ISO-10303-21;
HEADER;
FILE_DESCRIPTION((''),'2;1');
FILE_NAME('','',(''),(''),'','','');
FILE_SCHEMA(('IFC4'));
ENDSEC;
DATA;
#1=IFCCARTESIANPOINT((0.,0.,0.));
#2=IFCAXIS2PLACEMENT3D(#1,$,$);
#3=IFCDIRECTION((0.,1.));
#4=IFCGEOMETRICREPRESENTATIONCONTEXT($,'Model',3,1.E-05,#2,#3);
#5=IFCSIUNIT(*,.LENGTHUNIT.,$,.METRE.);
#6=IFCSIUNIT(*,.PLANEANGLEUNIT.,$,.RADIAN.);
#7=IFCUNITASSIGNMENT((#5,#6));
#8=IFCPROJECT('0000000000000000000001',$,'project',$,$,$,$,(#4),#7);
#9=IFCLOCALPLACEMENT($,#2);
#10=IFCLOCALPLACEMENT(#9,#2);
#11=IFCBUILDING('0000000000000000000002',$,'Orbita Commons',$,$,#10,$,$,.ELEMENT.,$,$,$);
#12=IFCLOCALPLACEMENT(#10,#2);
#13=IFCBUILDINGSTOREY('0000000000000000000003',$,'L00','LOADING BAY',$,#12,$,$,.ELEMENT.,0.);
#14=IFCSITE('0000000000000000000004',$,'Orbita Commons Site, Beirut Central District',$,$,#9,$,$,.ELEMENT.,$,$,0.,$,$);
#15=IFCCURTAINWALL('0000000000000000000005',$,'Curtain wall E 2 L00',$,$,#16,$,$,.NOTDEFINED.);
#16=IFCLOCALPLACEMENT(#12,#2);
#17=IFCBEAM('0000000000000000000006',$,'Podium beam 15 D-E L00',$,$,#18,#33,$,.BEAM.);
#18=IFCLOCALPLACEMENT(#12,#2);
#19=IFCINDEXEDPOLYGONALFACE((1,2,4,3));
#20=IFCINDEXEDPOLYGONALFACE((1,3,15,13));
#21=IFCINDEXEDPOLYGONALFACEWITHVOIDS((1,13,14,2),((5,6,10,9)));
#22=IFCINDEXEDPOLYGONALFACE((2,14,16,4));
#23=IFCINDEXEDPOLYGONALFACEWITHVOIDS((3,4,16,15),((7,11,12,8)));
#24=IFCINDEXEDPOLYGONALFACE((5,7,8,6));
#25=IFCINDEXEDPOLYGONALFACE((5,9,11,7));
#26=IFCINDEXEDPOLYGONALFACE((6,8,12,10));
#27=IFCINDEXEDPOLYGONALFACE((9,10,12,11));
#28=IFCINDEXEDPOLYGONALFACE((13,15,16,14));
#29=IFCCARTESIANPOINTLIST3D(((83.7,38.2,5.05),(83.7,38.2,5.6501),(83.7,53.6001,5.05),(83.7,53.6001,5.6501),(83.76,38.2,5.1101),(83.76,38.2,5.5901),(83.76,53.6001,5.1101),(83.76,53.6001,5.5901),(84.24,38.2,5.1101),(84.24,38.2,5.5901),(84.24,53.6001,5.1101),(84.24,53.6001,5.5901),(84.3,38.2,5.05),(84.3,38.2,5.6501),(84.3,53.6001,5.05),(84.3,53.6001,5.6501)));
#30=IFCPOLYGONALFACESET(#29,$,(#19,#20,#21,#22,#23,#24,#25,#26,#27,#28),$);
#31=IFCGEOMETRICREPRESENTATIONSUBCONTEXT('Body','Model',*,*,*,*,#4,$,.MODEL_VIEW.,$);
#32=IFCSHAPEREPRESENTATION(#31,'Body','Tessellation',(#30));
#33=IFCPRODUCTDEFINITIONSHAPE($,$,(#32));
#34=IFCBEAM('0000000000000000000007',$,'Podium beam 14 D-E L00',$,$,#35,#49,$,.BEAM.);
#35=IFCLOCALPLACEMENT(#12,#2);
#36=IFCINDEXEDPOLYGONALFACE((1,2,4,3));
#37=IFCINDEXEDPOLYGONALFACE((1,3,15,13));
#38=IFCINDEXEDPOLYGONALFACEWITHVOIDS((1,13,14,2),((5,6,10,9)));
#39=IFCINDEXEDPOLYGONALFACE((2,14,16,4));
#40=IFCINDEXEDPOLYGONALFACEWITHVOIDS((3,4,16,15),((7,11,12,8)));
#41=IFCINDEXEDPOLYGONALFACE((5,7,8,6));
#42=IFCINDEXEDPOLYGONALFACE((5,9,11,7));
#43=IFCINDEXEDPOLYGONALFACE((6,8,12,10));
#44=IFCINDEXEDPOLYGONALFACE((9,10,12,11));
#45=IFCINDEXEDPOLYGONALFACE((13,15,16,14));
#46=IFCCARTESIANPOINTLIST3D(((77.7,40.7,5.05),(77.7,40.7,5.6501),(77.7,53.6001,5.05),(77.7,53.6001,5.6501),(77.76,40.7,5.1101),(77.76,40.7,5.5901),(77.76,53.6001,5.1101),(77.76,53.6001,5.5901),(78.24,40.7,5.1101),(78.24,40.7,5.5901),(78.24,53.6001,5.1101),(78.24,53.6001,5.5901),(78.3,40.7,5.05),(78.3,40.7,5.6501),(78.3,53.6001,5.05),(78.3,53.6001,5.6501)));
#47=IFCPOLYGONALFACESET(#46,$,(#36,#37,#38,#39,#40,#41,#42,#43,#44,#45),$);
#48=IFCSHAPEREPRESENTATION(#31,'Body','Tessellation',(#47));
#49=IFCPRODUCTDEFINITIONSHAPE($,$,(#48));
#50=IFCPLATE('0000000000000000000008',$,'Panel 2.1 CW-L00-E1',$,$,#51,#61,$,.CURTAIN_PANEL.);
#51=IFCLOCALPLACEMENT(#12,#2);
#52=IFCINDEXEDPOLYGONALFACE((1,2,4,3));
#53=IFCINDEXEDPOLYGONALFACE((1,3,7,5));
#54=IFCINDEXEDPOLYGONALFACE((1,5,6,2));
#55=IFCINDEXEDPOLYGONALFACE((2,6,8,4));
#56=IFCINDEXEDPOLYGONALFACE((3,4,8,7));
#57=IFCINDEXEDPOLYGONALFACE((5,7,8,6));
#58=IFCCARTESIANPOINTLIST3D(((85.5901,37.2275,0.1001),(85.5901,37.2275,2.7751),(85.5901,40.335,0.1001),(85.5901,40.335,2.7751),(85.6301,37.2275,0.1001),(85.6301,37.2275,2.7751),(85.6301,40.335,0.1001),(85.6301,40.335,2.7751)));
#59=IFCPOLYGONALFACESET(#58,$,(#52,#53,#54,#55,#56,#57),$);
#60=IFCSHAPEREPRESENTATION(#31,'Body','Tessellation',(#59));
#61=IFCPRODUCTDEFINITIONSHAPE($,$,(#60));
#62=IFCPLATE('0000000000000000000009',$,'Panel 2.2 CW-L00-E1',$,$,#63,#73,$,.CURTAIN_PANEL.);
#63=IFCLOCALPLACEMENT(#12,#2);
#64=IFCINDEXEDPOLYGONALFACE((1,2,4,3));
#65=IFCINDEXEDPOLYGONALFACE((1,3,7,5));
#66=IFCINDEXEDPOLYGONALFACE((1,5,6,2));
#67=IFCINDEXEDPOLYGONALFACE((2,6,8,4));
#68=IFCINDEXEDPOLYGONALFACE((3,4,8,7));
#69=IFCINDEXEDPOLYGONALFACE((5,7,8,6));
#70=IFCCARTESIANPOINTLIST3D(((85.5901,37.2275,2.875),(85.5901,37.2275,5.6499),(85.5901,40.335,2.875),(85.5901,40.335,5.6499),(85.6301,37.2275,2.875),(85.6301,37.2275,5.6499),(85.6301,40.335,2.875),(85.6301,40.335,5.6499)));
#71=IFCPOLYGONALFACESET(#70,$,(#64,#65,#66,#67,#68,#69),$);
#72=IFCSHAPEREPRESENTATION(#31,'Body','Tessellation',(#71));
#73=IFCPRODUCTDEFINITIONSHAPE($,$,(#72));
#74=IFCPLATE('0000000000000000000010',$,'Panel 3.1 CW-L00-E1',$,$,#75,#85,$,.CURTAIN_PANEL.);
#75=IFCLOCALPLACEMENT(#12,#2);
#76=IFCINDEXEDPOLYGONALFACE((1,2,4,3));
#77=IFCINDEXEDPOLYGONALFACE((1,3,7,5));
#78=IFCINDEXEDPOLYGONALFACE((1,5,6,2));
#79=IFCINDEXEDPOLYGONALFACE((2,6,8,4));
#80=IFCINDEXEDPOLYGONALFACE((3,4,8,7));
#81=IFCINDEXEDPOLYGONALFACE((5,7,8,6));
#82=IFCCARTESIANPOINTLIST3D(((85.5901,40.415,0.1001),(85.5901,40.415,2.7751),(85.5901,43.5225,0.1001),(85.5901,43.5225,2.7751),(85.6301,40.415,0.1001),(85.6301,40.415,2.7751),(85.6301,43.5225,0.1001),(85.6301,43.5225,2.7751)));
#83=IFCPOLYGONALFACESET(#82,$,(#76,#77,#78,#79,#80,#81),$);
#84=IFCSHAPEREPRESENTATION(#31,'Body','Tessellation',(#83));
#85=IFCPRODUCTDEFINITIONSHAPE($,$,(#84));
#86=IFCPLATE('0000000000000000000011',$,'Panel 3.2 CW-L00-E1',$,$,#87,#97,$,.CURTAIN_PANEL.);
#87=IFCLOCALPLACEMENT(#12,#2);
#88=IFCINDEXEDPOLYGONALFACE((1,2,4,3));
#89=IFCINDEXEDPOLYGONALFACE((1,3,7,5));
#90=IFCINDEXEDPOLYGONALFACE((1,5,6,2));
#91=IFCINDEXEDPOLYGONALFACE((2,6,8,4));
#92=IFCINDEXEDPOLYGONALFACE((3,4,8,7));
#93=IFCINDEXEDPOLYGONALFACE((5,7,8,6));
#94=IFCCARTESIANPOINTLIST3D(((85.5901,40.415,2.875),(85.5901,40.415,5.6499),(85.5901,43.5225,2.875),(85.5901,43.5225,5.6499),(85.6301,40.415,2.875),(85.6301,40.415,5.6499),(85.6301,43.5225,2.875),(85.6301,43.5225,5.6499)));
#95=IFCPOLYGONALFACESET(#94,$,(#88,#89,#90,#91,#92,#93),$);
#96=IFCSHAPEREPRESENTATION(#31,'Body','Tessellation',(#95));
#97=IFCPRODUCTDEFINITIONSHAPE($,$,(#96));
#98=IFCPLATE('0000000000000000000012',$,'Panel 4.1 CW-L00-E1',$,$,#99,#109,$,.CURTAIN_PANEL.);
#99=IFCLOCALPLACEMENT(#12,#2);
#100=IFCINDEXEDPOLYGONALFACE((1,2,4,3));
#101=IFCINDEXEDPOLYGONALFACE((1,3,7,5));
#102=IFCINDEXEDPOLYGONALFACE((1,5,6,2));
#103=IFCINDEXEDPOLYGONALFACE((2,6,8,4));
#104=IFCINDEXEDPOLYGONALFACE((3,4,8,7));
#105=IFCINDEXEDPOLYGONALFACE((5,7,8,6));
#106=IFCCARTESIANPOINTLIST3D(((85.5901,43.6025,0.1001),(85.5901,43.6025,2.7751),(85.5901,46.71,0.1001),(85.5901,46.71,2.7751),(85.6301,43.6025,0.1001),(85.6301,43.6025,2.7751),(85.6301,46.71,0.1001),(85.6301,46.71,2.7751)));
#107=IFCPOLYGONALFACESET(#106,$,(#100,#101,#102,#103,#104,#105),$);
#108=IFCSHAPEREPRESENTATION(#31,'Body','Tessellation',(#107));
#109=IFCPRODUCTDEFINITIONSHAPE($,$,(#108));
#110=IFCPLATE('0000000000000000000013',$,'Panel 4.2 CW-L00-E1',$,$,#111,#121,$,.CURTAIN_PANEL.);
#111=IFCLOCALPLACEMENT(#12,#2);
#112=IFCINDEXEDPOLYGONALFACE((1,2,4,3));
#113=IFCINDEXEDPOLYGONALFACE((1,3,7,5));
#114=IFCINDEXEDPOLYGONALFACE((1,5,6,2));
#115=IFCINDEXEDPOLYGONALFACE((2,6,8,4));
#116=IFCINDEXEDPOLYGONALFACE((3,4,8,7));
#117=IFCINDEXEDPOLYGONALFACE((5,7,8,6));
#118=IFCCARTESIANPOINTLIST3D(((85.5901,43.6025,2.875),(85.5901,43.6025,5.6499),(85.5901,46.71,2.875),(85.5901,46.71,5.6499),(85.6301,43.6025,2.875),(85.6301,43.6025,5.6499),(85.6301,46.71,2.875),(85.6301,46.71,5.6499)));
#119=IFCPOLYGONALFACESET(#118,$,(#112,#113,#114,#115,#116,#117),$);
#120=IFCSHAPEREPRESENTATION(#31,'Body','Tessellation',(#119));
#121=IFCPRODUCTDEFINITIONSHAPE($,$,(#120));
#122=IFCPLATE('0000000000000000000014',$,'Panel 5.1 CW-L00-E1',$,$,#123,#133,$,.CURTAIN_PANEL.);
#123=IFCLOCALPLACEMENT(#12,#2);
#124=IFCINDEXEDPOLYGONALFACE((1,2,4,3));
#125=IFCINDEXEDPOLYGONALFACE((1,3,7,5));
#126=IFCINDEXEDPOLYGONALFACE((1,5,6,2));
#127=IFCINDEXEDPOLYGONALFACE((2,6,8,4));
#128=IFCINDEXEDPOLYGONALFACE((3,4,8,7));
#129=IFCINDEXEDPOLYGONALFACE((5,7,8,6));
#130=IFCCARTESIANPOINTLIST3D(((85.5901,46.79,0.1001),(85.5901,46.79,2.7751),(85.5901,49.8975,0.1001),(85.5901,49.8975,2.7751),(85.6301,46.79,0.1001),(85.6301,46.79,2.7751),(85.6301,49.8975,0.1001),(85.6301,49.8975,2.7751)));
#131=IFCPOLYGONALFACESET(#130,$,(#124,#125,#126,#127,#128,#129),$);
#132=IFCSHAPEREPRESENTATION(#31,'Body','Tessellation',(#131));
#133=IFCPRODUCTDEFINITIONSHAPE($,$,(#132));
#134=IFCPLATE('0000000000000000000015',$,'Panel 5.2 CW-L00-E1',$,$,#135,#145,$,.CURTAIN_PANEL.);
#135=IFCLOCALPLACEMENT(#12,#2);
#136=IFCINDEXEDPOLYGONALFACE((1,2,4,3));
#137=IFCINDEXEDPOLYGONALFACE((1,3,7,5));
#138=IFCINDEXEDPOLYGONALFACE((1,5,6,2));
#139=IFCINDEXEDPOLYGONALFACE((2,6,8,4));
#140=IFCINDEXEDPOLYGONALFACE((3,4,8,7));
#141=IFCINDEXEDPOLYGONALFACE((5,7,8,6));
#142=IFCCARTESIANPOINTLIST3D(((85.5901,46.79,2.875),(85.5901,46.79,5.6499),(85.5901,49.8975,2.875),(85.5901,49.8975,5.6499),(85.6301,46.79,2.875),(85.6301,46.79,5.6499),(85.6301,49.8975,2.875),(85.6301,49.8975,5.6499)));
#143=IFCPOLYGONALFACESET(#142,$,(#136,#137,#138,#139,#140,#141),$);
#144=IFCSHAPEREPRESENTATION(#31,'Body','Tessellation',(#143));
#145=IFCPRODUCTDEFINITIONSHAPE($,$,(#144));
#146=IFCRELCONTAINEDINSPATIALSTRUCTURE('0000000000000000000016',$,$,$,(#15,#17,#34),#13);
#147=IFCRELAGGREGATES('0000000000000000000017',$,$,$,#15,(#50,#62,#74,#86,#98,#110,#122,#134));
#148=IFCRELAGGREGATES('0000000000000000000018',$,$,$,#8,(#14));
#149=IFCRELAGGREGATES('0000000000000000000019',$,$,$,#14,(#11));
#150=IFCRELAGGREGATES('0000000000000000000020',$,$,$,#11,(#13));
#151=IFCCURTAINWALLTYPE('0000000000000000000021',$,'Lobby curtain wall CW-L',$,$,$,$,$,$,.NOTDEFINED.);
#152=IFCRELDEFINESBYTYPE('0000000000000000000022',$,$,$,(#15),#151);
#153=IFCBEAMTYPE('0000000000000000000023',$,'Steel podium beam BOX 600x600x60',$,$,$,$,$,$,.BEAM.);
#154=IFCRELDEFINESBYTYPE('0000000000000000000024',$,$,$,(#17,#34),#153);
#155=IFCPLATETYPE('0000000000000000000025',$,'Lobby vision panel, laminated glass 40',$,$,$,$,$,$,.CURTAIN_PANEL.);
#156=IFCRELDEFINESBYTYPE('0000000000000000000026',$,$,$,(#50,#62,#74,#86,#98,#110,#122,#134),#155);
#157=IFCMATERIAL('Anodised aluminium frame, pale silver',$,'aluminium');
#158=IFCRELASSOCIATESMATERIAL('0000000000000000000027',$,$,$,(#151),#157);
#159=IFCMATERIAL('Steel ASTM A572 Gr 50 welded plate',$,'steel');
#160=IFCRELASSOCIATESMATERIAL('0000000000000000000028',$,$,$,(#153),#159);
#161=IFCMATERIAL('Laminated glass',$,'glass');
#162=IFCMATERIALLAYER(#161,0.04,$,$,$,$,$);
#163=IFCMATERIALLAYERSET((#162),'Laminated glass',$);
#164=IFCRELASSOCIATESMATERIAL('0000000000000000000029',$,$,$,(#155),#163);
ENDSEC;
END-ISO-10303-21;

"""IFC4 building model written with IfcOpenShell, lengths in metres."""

from ifc_helpers import new_model, si_unit, direction, frame, origin, origin_2d, place, context, subcontext, project, spatial, rectangle, hollow_rectangle, extrude, material, layer, layer_set, material_profile, profile_set, type_object, element, aggregate, save


model = new_model("IFC4")

# Units and contexts
model_context = context("Model", 3, precision=1e-05, world=origin(), true_north=direction((0.0, 1.0)))
body_context = subcontext(model_context, "Body", "Model", "MODEL_VIEW")
ifc_project = project(units=[si_unit("LENGTHUNIT", "METRE"), si_unit("PLANEANGLEUNIT", "RADIAN")], contexts=[model_context])

# Site, building, storey
site_placement = place(None, origin())
site = spatial("IfcSite", under=ifc_project, at=site_placement, Name="Orbita Commons Site, Beirut Central District", CompositionType="ELEMENT", RefElevation=0.0)
building_placement = place(site_placement, origin())
building = spatial("IfcBuilding", under=site, at=building_placement, Name="Orbita Commons", CompositionType="ELEMENT")
storey_placement = place(building_placement, origin())
storey = spatial("IfcBuildingStorey", under=building, at=storey_placement, Name="L00", Description="LOADING BAY", CompositionType="ELEMENT", Elevation=0.0)

# Curtain wall
ifc_material_1 = material(Name="Anodised aluminium frame, pale silver", Category="aluminium")
curtain_wall_type = type_object("IfcCurtainWallType", Name="Lobby curtain wall CW-L", PredefinedType="NOTDEFINED", material=ifc_material_1)
curtain_wall_placement = place(storey_placement, origin())
curtain_wall = element("IfcCurtainWall", 1, at=curtain_wall_placement, inside=storey, type_object=curtain_wall_type, Name="Curtain wall E 2 L00", PredefinedType="NOTDEFINED")

# Beams
ifc_material_2 = material(Name="Steel ASTM A572 Gr 50 welded plate", Category="steel")
ifc_material_profile_1 = material_profile(ifc_material_2, hollow_rectangle(XDim=0.6001, YDim=0.6001, WallThickness=0.0601, at=origin_2d()), Name="BOX 600x600x60")
ifc_profile_set_1 = profile_set([ifc_material_profile_1], Name="Steel ASTM A572 Gr 50 welded plate")
beam_type = type_object("IfcBeamType", Name="Steel podium beam BOX 600x600x60", PredefinedType="BEAM", material=ifc_profile_set_1)
beam_1_placement = place(storey_placement, frame((84.0, 38.2, 5.3501), z_axis=(0.0, 1.0, 0.0), x_axis=(-1.0, 0.0, 0.0)))
element("IfcBeam", 2, at=beam_1_placement, inside=storey, type_object=beam_type, Name="Podium beam 15 D-E L00", PredefinedType="BEAM", context=body_context, shape_type="SweptSolid", body=[
    extrude(hollow_rectangle(XDim=0.6001, YDim=0.6001, WallThickness=0.0601, at=origin_2d()), origin(), (0.0, 0.0, 1.0), 15.4001),
])
beam_2_placement = place(storey_placement, frame((78.0, 40.7, 5.3501), z_axis=(0.0, 1.0, 0.0), x_axis=(-1.0, 0.0, 0.0)))
element("IfcBeam", 3, at=beam_2_placement, inside=storey, type_object=beam_type, Name="Podium beam 14 D-E L00", PredefinedType="BEAM", context=body_context, shape_type="SweptSolid", body=[
    extrude(hollow_rectangle(XDim=0.6001, YDim=0.6001, WallThickness=0.0601, at=origin_2d()), origin(), (0.0, 0.0, 1.0), 12.9001),
])

# Plates
ifc_material_3 = material(Name="Laminated glass", Category="glass")
ifc_layer = layer(ifc_material_3, 0.04)
ifc_layer_set = layer_set([ifc_layer], Name="Laminated glass")
plate_type = type_object("IfcPlateType", Name="Lobby vision panel, laminated glass 40", PredefinedType="CURTAIN_PANEL", material=ifc_layer_set)
plate_1_placement = place(storey_placement, frame((85.6101, 38.7812, 0.1001), z_axis=(0.0, 0.0, 1.0), x_axis=(0.0, 1.0, 0.0)))
plate_1 = element("IfcPlate", 4, at=plate_1_placement, type_object=plate_type, Name="Panel 2.1 CW-L00-E1", PredefinedType="CURTAIN_PANEL", context=body_context, shape_type="SweptSolid", body=[
    extrude(rectangle(XDim=3.1074, YDim=0.04, at=origin_2d()), origin(), (0.0, 0.0, 1.0), 2.675),
])
plate_2_placement = place(storey_placement, frame((85.6101, 38.7812, 2.875), z_axis=(0.0, 0.0, 1.0), x_axis=(0.0, 1.0, 0.0)))
plate_2 = element("IfcPlate", 5, at=plate_2_placement, type_object=plate_type, Name="Panel 2.2 CW-L00-E1", PredefinedType="CURTAIN_PANEL", context=body_context, shape_type="SweptSolid", body=[
    extrude(rectangle(XDim=3.1074, YDim=0.04, at=origin_2d()), origin(), (0.0, 0.0, 1.0), 2.7749),
])
plate_3_placement = place(storey_placement, frame((85.6101, 41.9688, 0.1001), z_axis=(0.0, 0.0, 1.0), x_axis=(0.0, 1.0, 0.0)))
plate_3 = element("IfcPlate", 6, at=plate_3_placement, type_object=plate_type, Name="Panel 3.1 CW-L00-E1", PredefinedType="CURTAIN_PANEL", context=body_context, shape_type="SweptSolid", body=[
    extrude(rectangle(XDim=3.1074, YDim=0.04, at=origin_2d()), origin(), (0.0, 0.0, 1.0), 2.675),
])
plate_4_placement = place(storey_placement, frame((85.6101, 41.9688, 2.875), z_axis=(0.0, 0.0, 1.0), x_axis=(0.0, 1.0, 0.0)))
plate_4 = element("IfcPlate", 7, at=plate_4_placement, type_object=plate_type, Name="Panel 3.2 CW-L00-E1", PredefinedType="CURTAIN_PANEL", context=body_context, shape_type="SweptSolid", body=[
    extrude(rectangle(XDim=3.1074, YDim=0.04, at=origin_2d()), origin(), (0.0, 0.0, 1.0), 2.7749),
])
plate_5_placement = place(storey_placement, frame((85.6101, 45.1562, 0.1001), z_axis=(0.0, 0.0, 1.0), x_axis=(0.0, 1.0, 0.0)))
plate_5 = element("IfcPlate", 8, at=plate_5_placement, type_object=plate_type, Name="Panel 4.1 CW-L00-E1", PredefinedType="CURTAIN_PANEL", context=body_context, shape_type="SweptSolid", body=[
    extrude(rectangle(XDim=3.1074, YDim=0.04, at=origin_2d()), origin(), (0.0, 0.0, 1.0), 2.675),
])
plate_6_placement = place(storey_placement, frame((85.6101, 45.1562, 2.875), z_axis=(0.0, 0.0, 1.0), x_axis=(0.0, 1.0, 0.0)))
plate_6 = element("IfcPlate", 9, at=plate_6_placement, type_object=plate_type, Name="Panel 4.2 CW-L00-E1", PredefinedType="CURTAIN_PANEL", context=body_context, shape_type="SweptSolid", body=[
    extrude(rectangle(XDim=3.1074, YDim=0.04, at=origin_2d()), origin(), (0.0, 0.0, 1.0), 2.7749),
])
plate_7_placement = place(storey_placement, frame((85.6101, 48.3438, 0.1001), z_axis=(0.0, 0.0, 1.0), x_axis=(0.0, 1.0, 0.0)))
plate_7 = element("IfcPlate", 10, at=plate_7_placement, type_object=plate_type, Name="Panel 5.1 CW-L00-E1", PredefinedType="CURTAIN_PANEL", context=body_context, shape_type="SweptSolid", body=[
    extrude(rectangle(XDim=3.1074, YDim=0.04, at=origin_2d()), origin(), (0.0, 0.0, 1.0), 2.675),
])
plate_8_placement = place(storey_placement, frame((85.6101, 48.3438, 2.875), z_axis=(0.0, 0.0, 1.0), x_axis=(0.0, 1.0, 0.0)))
plate_8 = element("IfcPlate", 11, at=plate_8_placement, type_object=plate_type, Name="Panel 5.2 CW-L00-E1", PredefinedType="CURTAIN_PANEL", context=body_context, shape_type="SweptSolid", body=[
    extrude(rectangle(XDim=3.1074, YDim=0.04, at=origin_2d()), origin(), (0.0, 0.0, 1.0), 2.7749),
])
aggregate(curtain_wall, [plate_1, plate_2, plate_3, plate_4, plate_5, plate_6, plate_7, plate_8])

save(model, "model.ifc")
